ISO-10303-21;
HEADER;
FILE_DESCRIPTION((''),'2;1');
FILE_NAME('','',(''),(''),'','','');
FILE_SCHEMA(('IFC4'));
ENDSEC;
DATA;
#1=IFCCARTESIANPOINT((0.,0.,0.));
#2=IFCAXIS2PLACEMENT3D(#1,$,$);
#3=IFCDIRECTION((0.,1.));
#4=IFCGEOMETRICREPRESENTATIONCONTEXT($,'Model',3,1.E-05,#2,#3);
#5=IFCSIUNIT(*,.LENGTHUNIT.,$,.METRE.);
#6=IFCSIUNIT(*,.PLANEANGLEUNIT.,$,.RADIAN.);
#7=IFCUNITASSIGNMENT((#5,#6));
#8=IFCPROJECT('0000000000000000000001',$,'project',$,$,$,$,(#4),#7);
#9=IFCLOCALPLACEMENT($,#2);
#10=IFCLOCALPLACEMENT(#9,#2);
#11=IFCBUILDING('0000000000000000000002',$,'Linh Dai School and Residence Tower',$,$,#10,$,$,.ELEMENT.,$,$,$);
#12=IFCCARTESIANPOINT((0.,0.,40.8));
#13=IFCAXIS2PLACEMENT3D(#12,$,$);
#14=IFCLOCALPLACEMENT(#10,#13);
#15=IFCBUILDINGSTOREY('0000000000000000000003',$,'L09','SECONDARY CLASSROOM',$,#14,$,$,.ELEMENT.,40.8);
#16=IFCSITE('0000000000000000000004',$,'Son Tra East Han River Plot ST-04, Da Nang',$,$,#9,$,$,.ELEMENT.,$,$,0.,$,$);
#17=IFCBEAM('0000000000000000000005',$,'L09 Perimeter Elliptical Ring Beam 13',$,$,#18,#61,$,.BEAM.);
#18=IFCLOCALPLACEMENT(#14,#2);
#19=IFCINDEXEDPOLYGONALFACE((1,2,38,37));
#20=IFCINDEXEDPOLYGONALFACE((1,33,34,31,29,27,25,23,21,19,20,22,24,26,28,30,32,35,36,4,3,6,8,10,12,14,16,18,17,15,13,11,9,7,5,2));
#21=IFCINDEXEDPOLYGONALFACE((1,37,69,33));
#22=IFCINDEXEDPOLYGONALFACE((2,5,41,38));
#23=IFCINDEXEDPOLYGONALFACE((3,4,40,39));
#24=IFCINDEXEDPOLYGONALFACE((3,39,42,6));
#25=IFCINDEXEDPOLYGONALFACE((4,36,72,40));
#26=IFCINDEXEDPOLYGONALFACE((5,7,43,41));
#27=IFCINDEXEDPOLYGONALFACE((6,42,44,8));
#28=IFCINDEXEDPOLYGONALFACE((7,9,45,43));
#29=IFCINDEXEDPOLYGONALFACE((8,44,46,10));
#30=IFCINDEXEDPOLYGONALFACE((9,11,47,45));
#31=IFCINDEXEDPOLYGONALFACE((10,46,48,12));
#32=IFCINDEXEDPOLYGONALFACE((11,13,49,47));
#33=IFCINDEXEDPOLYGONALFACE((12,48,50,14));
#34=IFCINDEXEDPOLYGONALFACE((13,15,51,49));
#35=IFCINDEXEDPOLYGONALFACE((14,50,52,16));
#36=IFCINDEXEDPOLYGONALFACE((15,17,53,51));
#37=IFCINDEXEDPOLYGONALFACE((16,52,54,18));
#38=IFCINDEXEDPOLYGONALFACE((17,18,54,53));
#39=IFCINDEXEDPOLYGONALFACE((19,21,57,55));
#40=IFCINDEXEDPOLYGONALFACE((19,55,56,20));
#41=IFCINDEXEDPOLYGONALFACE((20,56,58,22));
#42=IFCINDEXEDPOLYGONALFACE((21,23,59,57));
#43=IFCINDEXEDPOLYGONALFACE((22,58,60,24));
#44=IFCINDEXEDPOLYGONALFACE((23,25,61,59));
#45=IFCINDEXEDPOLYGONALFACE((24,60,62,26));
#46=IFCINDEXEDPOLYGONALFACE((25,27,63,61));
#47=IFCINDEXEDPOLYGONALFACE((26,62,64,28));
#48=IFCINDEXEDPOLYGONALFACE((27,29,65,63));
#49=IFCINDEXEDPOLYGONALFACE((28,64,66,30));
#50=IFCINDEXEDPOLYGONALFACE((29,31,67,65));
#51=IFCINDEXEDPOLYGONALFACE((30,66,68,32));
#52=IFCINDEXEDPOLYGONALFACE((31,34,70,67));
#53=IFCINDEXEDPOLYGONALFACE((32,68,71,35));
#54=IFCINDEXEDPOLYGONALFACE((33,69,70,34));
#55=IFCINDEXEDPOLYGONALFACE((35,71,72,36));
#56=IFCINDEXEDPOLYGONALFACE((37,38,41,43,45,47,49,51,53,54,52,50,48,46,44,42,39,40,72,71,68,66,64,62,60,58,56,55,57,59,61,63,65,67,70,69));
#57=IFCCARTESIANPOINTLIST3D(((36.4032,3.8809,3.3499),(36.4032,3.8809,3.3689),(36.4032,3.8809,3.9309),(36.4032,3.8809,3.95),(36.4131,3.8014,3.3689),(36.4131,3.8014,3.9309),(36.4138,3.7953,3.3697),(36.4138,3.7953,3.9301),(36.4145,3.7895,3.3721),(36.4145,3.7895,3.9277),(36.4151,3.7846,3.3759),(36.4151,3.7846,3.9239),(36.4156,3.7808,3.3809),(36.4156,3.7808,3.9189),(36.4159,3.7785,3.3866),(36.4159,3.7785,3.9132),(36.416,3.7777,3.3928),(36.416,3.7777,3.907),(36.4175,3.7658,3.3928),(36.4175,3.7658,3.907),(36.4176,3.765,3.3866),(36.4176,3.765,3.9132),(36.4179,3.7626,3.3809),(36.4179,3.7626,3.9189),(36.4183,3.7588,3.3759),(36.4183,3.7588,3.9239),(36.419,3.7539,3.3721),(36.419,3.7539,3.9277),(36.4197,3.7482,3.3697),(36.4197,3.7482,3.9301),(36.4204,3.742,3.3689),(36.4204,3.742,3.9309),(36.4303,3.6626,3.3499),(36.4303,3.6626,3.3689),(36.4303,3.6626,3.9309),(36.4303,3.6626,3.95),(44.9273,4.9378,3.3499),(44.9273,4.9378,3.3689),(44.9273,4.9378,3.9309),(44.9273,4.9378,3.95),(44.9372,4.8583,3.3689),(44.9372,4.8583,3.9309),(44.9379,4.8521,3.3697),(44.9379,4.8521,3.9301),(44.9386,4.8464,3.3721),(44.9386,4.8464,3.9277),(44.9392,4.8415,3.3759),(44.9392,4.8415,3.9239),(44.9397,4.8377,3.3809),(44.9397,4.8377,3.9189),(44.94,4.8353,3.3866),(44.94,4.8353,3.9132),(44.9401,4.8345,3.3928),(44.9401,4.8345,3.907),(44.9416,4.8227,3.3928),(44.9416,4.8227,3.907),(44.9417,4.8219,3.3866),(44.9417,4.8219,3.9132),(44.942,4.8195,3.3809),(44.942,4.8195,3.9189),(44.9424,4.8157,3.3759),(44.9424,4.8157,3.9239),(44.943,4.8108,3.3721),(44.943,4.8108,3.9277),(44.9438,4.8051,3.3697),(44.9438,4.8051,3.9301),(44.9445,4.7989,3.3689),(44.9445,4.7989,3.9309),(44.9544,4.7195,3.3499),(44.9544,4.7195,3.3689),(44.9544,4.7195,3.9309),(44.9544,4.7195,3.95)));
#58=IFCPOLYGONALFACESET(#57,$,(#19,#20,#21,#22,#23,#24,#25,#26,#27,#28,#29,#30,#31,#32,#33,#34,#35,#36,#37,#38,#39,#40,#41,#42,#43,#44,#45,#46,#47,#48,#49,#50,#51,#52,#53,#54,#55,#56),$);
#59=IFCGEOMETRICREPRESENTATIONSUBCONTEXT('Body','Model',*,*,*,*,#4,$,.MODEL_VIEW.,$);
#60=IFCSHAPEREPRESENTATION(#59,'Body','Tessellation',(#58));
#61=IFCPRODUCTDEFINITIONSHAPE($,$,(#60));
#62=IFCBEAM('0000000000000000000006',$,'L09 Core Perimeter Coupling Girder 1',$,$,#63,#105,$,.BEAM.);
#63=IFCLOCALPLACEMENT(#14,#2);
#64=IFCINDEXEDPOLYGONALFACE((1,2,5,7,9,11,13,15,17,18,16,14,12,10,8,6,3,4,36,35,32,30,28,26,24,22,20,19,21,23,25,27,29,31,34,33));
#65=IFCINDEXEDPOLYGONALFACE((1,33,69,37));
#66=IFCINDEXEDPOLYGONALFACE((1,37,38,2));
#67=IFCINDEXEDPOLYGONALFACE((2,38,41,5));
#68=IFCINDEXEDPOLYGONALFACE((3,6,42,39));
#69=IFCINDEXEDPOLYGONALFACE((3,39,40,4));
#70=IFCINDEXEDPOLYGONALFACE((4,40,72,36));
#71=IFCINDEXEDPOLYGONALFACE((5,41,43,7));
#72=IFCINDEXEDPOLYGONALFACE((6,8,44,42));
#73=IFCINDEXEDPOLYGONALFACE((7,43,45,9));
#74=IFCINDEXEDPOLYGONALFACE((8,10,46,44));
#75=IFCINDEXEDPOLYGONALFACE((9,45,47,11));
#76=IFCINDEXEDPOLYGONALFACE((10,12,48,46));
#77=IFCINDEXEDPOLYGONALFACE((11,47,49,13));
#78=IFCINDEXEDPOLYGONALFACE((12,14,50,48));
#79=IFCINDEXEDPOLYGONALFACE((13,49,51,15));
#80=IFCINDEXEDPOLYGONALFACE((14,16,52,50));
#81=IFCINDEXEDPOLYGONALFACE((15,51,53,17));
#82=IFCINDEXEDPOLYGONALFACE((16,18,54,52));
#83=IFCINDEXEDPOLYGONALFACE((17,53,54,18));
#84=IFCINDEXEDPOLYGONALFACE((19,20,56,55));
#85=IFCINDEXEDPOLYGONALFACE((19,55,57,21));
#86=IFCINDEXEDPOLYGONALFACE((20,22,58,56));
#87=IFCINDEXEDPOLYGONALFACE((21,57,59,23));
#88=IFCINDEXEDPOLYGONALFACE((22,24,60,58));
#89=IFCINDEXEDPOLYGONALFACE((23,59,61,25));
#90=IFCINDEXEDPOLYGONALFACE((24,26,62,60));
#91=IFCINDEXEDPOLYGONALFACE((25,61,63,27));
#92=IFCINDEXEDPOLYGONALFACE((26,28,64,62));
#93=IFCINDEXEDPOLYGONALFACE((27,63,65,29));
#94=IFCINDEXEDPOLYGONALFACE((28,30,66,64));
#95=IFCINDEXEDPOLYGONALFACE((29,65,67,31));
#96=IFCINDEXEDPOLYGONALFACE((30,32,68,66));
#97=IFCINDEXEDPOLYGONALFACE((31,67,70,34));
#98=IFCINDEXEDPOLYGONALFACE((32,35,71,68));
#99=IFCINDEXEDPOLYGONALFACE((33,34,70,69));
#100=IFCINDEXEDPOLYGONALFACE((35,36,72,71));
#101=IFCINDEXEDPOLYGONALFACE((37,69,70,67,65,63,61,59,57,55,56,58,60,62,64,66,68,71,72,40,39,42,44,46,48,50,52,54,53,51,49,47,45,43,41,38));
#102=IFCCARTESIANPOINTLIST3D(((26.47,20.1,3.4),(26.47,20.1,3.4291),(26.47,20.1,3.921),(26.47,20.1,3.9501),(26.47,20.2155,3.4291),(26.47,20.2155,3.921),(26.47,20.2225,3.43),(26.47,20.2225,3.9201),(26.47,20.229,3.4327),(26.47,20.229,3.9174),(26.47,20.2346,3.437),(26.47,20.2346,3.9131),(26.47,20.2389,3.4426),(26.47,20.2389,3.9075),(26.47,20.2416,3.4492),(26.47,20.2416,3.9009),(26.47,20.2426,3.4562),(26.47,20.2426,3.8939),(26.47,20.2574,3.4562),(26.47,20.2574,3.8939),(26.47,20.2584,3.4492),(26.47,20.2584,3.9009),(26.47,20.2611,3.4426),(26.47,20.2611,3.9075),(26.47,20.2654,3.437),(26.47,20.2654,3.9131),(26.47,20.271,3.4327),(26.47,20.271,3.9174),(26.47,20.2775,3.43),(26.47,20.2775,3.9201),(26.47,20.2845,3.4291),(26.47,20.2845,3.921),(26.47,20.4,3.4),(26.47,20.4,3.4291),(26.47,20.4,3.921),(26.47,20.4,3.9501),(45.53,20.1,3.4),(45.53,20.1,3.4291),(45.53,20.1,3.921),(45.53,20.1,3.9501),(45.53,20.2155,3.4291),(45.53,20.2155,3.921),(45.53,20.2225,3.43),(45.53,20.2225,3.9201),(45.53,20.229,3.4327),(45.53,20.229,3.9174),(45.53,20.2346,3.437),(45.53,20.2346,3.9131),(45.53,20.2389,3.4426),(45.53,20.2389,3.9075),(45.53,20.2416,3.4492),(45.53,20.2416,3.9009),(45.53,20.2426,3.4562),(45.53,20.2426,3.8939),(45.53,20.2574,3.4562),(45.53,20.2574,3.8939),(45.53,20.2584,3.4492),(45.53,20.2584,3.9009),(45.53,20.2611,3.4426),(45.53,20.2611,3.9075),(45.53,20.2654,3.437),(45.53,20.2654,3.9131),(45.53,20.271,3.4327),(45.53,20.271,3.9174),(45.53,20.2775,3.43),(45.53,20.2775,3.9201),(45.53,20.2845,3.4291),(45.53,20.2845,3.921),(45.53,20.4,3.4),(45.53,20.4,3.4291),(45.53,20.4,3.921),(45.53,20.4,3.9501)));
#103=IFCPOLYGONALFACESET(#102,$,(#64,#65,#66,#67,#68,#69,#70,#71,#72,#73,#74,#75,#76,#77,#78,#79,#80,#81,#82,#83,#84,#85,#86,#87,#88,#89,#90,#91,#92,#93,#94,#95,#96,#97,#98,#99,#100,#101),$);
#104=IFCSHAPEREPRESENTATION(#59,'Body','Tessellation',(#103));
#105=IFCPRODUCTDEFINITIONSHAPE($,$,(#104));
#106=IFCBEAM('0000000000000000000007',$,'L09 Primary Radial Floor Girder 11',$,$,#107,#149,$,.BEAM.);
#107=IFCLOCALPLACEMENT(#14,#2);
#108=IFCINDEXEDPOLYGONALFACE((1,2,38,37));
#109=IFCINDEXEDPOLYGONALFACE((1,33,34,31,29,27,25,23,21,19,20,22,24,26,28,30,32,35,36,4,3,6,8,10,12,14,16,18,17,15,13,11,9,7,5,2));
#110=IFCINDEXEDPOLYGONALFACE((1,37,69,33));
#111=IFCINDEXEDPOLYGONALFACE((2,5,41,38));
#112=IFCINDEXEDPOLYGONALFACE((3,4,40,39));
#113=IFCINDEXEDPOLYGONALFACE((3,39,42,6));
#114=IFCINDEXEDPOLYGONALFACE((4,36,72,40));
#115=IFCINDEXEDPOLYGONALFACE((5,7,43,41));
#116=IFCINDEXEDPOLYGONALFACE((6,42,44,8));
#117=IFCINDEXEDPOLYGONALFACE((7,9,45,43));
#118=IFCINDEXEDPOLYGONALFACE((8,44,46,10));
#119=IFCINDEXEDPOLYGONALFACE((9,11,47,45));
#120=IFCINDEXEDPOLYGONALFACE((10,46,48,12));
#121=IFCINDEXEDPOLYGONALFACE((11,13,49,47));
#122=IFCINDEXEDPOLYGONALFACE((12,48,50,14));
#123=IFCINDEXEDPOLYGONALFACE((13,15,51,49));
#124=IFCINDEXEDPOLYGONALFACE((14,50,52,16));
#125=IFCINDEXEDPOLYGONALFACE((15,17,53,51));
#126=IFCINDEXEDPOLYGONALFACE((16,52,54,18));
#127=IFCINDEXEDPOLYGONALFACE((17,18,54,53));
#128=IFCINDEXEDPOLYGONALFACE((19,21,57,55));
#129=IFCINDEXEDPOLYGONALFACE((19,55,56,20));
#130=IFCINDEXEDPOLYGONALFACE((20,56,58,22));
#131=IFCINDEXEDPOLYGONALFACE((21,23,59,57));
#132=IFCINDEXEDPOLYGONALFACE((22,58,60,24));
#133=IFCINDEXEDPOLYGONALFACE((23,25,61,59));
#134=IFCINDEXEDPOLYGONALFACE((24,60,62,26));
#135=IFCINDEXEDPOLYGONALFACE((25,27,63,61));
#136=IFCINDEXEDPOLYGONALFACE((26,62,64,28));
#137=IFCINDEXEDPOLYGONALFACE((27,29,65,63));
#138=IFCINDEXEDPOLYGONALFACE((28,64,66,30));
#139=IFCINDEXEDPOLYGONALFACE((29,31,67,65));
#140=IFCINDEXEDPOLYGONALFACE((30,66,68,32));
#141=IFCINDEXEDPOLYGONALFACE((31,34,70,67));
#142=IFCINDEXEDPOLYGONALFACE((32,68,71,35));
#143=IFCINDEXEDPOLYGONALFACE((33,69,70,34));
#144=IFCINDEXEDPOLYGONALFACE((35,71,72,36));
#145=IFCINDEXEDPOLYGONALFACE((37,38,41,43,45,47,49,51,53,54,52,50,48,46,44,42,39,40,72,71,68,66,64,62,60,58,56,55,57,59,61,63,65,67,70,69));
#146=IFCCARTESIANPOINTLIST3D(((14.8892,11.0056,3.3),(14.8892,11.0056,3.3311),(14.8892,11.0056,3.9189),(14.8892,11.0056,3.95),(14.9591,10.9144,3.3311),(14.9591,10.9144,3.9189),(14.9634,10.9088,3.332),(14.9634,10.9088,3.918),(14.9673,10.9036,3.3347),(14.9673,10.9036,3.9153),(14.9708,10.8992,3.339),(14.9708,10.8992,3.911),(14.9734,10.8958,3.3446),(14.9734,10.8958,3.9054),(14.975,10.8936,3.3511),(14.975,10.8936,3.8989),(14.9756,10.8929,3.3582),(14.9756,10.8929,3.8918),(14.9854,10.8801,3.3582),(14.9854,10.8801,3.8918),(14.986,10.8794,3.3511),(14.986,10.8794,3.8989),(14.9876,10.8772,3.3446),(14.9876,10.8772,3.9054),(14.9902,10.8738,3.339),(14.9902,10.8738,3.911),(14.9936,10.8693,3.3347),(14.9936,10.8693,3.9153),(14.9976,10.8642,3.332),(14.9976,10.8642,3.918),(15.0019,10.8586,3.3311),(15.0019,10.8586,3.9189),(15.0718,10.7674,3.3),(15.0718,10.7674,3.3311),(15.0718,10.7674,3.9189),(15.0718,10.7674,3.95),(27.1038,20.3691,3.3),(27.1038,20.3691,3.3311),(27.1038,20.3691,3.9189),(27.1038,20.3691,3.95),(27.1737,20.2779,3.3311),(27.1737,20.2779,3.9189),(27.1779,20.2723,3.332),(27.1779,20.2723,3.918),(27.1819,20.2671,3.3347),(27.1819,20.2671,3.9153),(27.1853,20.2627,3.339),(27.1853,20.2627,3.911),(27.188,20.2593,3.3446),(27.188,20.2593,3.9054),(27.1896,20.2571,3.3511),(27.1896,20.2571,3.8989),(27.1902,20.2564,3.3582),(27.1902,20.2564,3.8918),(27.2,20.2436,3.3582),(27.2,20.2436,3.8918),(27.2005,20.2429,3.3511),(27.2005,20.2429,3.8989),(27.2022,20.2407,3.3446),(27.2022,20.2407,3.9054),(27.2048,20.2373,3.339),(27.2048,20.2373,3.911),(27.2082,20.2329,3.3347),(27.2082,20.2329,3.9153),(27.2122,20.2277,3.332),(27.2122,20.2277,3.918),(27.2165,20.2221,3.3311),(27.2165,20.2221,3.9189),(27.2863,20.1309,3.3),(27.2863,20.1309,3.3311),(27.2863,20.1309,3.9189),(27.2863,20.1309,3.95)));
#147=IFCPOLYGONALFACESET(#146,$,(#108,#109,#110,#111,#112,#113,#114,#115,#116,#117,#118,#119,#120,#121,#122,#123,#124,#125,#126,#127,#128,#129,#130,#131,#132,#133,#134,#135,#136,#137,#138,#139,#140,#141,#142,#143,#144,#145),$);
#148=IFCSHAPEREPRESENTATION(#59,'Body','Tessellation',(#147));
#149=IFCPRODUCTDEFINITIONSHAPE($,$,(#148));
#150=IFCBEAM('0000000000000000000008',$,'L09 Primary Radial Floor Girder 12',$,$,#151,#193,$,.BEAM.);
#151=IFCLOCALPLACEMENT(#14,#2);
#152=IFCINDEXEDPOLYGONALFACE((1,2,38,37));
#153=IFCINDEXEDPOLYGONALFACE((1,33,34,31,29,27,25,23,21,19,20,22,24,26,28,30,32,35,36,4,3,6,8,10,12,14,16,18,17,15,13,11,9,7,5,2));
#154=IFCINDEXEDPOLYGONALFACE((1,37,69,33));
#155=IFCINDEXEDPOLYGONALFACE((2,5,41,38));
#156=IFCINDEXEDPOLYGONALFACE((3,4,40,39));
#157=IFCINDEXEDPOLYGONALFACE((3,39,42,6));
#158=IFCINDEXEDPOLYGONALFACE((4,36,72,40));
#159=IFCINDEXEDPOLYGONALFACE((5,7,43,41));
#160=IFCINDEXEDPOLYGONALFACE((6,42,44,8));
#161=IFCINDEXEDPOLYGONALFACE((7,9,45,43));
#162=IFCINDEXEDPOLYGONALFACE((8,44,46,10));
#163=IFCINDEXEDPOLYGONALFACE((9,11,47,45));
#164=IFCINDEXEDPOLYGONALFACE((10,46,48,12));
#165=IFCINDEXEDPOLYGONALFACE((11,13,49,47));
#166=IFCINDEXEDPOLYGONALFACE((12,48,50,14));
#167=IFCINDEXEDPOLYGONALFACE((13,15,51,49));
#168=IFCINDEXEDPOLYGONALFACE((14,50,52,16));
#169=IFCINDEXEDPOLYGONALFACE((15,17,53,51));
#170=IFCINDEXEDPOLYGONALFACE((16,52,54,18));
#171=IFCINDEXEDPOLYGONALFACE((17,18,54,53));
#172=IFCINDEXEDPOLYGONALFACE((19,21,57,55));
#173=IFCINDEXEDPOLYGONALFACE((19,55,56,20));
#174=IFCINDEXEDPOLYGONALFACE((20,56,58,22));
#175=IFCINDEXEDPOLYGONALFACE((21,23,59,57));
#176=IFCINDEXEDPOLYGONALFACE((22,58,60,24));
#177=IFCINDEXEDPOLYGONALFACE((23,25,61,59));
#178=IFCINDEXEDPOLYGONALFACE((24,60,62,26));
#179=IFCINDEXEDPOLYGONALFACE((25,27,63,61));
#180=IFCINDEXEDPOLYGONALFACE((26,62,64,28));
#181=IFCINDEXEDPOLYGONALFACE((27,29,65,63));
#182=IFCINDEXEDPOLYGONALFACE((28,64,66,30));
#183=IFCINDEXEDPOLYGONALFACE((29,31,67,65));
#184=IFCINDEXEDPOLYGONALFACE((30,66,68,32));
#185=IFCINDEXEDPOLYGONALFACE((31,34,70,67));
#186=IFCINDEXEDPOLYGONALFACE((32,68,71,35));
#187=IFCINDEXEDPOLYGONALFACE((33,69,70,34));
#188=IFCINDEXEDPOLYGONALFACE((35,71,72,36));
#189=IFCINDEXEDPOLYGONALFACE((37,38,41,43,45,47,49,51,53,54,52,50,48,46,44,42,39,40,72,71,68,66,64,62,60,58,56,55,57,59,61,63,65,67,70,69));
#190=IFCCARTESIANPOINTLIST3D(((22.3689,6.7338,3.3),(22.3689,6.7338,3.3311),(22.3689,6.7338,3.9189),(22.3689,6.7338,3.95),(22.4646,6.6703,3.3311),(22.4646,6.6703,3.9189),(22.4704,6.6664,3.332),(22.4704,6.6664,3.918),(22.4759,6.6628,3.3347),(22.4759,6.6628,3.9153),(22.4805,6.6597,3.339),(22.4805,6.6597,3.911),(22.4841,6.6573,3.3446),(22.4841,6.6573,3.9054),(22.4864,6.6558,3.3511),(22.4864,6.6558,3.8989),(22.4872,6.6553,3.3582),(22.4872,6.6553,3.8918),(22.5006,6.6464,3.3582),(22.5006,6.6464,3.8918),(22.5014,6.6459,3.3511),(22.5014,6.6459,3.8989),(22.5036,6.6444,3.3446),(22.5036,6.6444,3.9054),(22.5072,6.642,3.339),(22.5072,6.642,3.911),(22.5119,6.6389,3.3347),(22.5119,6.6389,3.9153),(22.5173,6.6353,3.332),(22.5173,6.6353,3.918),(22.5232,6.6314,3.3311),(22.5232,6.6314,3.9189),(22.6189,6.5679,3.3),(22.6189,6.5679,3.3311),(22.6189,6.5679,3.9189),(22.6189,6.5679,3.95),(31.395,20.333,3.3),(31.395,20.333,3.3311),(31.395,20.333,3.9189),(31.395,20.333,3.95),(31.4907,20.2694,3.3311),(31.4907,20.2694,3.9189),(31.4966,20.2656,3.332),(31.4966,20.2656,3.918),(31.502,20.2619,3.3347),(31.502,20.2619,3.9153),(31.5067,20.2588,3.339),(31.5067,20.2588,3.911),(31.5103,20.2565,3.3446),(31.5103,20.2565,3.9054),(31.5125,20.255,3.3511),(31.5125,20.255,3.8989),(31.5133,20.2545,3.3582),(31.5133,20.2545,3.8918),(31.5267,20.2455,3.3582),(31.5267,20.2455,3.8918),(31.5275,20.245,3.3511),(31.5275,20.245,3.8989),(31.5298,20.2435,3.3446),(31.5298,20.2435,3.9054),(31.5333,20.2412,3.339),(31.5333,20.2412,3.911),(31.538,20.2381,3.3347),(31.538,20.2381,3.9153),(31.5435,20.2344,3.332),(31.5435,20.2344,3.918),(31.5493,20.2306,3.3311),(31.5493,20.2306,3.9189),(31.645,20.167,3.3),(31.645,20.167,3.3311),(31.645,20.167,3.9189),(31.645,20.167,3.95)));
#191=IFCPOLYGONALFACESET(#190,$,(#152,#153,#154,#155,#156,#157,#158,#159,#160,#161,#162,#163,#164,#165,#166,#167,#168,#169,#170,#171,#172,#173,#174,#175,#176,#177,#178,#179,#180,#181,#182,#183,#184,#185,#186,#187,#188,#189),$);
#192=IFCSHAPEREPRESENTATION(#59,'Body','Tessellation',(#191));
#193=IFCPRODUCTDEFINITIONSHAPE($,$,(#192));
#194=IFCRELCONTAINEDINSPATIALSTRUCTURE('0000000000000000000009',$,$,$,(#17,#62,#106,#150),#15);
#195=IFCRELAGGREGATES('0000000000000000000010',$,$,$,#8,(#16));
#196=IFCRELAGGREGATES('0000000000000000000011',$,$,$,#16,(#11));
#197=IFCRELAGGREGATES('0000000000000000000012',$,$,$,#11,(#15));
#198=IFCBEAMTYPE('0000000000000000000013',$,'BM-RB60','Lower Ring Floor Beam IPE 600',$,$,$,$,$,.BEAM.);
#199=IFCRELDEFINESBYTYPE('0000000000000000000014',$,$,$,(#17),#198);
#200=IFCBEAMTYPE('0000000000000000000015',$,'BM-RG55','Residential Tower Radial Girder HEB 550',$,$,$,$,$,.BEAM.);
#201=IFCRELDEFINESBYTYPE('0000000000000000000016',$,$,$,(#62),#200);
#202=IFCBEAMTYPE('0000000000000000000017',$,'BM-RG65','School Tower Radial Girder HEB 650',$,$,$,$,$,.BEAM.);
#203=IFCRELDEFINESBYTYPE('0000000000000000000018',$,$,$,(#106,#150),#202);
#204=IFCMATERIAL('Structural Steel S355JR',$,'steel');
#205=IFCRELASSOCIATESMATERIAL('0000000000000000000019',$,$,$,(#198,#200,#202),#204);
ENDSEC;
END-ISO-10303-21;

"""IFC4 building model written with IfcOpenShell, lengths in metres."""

from ifc_helpers import new_model, si_unit, direction, frame, origin, origin_2d, place, context, subcontext, project, spatial, i_section, extrude, material, material_profile, profile_set, type_object, element, save


model = new_model("IFC4")

# Units and contexts
model_context = context("Model", 3, precision=1e-05, world=origin(), true_north=direction((0.0, 1.0)))
body_context = subcontext(model_context, "Body", "Model", "MODEL_VIEW")
ifc_project = project(units=[si_unit("LENGTHUNIT", "METRE"), si_unit("PLANEANGLEUNIT", "RADIAN")], contexts=[model_context])

# Site, building, storey
site_placement = place(None, origin())
site = spatial("IfcSite", under=ifc_project, at=site_placement, Name="Son Tra East Han River Plot ST-04, Da Nang", CompositionType="ELEMENT", RefElevation=0.0)
building_placement = place(site_placement, origin())
building = spatial("IfcBuilding", under=site, at=building_placement, Name="Linh Dai School and Residence Tower", CompositionType="ELEMENT")
storey_placement = place(building_placement, frame((0.0, 0.0, 40.8)))
storey = spatial("IfcBuildingStorey", under=building, at=storey_placement, Name="L09", Description="SECONDARY CLASSROOM", CompositionType="ELEMENT", Elevation=40.8)

# Shared definitions
ifc_material_1 = material(Name="Structural Steel S355JR", Category="steel")

# Beams
ifc_material_profile_1 = material_profile(ifc_material_1, i_section(OverallWidth=0.22, OverallDepth=0.6001, WebThickness=0.012, FlangeThickness=0.019, FilletRadius=0.0239, at=origin_2d()), Name="IPE 600")
ifc_profile_set_1 = profile_set([ifc_material_profile_1], Name="Structural Steel S355JR")
beam_type_1 = type_object("IfcBeamType", Name="BM-RB60", Description="Lower Ring Floor Beam IPE 600", PredefinedType="BEAM", material=ifc_profile_set_1)
beam_1_placement = place(storey_placement, frame((36.4167, 3.7717, 3.6499), z_axis=(0.992401, 0.123045, 0.0), x_axis=(-0.123045, 0.992401, 0.0)))
element("IfcBeam", 1, at=beam_1_placement, inside=storey, type_object=beam_type_1, Name="L09 Perimeter Elliptical Ring Beam 13", PredefinedType="BEAM", context=body_context, shape_type="SweptSolid", body=[
    extrude(i_section(OverallWidth=0.22, OverallDepth=0.6001, WebThickness=0.012, FlangeThickness=0.019, FilletRadius=0.0239, at=origin_2d()), origin(), (0.0, 0.0, 1.0), 8.5894),
])
ifc_material_profile_2 = material_profile(ifc_material_1, i_section(OverallWidth=0.3, OverallDepth=0.55, WebThickness=0.0149, FlangeThickness=0.0291, FilletRadius=0.0271, at=origin_2d()), Name="HEB 550")
ifc_profile_set_2 = profile_set([ifc_material_profile_2], Name="Structural Steel S355JR")
beam_type_2 = type_object("IfcBeamType", Name="BM-RG55", Description="Residential Tower Radial Girder HEB 550", PredefinedType="BEAM", material=ifc_profile_set_2)
beam_2_placement = place(storey_placement, frame((26.47, 20.25, 3.675), z_axis=(1.0, 0.0, 0.0), x_axis=(0.0, 1.0, 0.0)))
element("IfcBeam", 2, at=beam_2_placement, inside=storey, type_object=beam_type_2, Name="L09 Core Perimeter Coupling Girder 1", PredefinedType="BEAM", context=body_context, shape_type="SweptSolid", body=[
    extrude(i_section(OverallWidth=0.3, OverallDepth=0.55, WebThickness=0.0149, FlangeThickness=0.0291, FilletRadius=0.0271, at=origin_2d()), origin(), (0.0, 0.0, 1.0), 19.0601),
])
ifc_material_profile_3 = material_profile(ifc_material_1, i_section(OverallWidth=0.3, OverallDepth=0.6499, WebThickness=0.0161, FlangeThickness=0.031, FilletRadius=0.0271, at=origin_2d()), Name="HEB 650")
ifc_profile_set_3 = profile_set([ifc_material_profile_3], Name="Structural Steel S355JR")
beam_type_3 = type_object("IfcBeamType", Name="BM-RG65", Description="School Tower Radial Girder HEB 650", PredefinedType="BEAM", material=ifc_profile_set_3)
beam_3_placement = place(storey_placement, frame((27.1951, 20.25, 3.625), z_axis=(-0.793638, -0.608391, 0.0), x_axis=(0.608391, -0.793638, 0.0)))
element("IfcBeam", 3, at=beam_3_placement, inside=storey, type_object=beam_type_3, Name="L09 Primary Radial Floor Girder 11", PredefinedType="BEAM", context=body_context, shape_type="SweptSolid", body=[
    extrude(i_section(OverallWidth=0.3, OverallDepth=0.6499, WebThickness=0.0161, FlangeThickness=0.031, FilletRadius=0.0271, at=origin_2d()), origin(), (0.0, 0.0, 1.0), 15.3906),
])
beam_4_placement = place(storey_placement, frame((31.52, 20.25, 3.625), z_axis=(-0.553004, -0.833178, 0.0), x_axis=(0.833178, -0.553004, 0.0)))
element("IfcBeam", 4, at=beam_4_placement, inside=storey, type_object=beam_type_3, Name="L09 Primary Radial Floor Girder 12", PredefinedType="BEAM", context=body_context, shape_type="SweptSolid", body=[
    extrude(i_section(OverallWidth=0.3, OverallDepth=0.6499, WebThickness=0.0161, FlangeThickness=0.031, FilletRadius=0.0271, at=origin_2d()), origin(), (0.0, 0.0, 1.0), 16.322),
])

save(model, "model.ifc")
